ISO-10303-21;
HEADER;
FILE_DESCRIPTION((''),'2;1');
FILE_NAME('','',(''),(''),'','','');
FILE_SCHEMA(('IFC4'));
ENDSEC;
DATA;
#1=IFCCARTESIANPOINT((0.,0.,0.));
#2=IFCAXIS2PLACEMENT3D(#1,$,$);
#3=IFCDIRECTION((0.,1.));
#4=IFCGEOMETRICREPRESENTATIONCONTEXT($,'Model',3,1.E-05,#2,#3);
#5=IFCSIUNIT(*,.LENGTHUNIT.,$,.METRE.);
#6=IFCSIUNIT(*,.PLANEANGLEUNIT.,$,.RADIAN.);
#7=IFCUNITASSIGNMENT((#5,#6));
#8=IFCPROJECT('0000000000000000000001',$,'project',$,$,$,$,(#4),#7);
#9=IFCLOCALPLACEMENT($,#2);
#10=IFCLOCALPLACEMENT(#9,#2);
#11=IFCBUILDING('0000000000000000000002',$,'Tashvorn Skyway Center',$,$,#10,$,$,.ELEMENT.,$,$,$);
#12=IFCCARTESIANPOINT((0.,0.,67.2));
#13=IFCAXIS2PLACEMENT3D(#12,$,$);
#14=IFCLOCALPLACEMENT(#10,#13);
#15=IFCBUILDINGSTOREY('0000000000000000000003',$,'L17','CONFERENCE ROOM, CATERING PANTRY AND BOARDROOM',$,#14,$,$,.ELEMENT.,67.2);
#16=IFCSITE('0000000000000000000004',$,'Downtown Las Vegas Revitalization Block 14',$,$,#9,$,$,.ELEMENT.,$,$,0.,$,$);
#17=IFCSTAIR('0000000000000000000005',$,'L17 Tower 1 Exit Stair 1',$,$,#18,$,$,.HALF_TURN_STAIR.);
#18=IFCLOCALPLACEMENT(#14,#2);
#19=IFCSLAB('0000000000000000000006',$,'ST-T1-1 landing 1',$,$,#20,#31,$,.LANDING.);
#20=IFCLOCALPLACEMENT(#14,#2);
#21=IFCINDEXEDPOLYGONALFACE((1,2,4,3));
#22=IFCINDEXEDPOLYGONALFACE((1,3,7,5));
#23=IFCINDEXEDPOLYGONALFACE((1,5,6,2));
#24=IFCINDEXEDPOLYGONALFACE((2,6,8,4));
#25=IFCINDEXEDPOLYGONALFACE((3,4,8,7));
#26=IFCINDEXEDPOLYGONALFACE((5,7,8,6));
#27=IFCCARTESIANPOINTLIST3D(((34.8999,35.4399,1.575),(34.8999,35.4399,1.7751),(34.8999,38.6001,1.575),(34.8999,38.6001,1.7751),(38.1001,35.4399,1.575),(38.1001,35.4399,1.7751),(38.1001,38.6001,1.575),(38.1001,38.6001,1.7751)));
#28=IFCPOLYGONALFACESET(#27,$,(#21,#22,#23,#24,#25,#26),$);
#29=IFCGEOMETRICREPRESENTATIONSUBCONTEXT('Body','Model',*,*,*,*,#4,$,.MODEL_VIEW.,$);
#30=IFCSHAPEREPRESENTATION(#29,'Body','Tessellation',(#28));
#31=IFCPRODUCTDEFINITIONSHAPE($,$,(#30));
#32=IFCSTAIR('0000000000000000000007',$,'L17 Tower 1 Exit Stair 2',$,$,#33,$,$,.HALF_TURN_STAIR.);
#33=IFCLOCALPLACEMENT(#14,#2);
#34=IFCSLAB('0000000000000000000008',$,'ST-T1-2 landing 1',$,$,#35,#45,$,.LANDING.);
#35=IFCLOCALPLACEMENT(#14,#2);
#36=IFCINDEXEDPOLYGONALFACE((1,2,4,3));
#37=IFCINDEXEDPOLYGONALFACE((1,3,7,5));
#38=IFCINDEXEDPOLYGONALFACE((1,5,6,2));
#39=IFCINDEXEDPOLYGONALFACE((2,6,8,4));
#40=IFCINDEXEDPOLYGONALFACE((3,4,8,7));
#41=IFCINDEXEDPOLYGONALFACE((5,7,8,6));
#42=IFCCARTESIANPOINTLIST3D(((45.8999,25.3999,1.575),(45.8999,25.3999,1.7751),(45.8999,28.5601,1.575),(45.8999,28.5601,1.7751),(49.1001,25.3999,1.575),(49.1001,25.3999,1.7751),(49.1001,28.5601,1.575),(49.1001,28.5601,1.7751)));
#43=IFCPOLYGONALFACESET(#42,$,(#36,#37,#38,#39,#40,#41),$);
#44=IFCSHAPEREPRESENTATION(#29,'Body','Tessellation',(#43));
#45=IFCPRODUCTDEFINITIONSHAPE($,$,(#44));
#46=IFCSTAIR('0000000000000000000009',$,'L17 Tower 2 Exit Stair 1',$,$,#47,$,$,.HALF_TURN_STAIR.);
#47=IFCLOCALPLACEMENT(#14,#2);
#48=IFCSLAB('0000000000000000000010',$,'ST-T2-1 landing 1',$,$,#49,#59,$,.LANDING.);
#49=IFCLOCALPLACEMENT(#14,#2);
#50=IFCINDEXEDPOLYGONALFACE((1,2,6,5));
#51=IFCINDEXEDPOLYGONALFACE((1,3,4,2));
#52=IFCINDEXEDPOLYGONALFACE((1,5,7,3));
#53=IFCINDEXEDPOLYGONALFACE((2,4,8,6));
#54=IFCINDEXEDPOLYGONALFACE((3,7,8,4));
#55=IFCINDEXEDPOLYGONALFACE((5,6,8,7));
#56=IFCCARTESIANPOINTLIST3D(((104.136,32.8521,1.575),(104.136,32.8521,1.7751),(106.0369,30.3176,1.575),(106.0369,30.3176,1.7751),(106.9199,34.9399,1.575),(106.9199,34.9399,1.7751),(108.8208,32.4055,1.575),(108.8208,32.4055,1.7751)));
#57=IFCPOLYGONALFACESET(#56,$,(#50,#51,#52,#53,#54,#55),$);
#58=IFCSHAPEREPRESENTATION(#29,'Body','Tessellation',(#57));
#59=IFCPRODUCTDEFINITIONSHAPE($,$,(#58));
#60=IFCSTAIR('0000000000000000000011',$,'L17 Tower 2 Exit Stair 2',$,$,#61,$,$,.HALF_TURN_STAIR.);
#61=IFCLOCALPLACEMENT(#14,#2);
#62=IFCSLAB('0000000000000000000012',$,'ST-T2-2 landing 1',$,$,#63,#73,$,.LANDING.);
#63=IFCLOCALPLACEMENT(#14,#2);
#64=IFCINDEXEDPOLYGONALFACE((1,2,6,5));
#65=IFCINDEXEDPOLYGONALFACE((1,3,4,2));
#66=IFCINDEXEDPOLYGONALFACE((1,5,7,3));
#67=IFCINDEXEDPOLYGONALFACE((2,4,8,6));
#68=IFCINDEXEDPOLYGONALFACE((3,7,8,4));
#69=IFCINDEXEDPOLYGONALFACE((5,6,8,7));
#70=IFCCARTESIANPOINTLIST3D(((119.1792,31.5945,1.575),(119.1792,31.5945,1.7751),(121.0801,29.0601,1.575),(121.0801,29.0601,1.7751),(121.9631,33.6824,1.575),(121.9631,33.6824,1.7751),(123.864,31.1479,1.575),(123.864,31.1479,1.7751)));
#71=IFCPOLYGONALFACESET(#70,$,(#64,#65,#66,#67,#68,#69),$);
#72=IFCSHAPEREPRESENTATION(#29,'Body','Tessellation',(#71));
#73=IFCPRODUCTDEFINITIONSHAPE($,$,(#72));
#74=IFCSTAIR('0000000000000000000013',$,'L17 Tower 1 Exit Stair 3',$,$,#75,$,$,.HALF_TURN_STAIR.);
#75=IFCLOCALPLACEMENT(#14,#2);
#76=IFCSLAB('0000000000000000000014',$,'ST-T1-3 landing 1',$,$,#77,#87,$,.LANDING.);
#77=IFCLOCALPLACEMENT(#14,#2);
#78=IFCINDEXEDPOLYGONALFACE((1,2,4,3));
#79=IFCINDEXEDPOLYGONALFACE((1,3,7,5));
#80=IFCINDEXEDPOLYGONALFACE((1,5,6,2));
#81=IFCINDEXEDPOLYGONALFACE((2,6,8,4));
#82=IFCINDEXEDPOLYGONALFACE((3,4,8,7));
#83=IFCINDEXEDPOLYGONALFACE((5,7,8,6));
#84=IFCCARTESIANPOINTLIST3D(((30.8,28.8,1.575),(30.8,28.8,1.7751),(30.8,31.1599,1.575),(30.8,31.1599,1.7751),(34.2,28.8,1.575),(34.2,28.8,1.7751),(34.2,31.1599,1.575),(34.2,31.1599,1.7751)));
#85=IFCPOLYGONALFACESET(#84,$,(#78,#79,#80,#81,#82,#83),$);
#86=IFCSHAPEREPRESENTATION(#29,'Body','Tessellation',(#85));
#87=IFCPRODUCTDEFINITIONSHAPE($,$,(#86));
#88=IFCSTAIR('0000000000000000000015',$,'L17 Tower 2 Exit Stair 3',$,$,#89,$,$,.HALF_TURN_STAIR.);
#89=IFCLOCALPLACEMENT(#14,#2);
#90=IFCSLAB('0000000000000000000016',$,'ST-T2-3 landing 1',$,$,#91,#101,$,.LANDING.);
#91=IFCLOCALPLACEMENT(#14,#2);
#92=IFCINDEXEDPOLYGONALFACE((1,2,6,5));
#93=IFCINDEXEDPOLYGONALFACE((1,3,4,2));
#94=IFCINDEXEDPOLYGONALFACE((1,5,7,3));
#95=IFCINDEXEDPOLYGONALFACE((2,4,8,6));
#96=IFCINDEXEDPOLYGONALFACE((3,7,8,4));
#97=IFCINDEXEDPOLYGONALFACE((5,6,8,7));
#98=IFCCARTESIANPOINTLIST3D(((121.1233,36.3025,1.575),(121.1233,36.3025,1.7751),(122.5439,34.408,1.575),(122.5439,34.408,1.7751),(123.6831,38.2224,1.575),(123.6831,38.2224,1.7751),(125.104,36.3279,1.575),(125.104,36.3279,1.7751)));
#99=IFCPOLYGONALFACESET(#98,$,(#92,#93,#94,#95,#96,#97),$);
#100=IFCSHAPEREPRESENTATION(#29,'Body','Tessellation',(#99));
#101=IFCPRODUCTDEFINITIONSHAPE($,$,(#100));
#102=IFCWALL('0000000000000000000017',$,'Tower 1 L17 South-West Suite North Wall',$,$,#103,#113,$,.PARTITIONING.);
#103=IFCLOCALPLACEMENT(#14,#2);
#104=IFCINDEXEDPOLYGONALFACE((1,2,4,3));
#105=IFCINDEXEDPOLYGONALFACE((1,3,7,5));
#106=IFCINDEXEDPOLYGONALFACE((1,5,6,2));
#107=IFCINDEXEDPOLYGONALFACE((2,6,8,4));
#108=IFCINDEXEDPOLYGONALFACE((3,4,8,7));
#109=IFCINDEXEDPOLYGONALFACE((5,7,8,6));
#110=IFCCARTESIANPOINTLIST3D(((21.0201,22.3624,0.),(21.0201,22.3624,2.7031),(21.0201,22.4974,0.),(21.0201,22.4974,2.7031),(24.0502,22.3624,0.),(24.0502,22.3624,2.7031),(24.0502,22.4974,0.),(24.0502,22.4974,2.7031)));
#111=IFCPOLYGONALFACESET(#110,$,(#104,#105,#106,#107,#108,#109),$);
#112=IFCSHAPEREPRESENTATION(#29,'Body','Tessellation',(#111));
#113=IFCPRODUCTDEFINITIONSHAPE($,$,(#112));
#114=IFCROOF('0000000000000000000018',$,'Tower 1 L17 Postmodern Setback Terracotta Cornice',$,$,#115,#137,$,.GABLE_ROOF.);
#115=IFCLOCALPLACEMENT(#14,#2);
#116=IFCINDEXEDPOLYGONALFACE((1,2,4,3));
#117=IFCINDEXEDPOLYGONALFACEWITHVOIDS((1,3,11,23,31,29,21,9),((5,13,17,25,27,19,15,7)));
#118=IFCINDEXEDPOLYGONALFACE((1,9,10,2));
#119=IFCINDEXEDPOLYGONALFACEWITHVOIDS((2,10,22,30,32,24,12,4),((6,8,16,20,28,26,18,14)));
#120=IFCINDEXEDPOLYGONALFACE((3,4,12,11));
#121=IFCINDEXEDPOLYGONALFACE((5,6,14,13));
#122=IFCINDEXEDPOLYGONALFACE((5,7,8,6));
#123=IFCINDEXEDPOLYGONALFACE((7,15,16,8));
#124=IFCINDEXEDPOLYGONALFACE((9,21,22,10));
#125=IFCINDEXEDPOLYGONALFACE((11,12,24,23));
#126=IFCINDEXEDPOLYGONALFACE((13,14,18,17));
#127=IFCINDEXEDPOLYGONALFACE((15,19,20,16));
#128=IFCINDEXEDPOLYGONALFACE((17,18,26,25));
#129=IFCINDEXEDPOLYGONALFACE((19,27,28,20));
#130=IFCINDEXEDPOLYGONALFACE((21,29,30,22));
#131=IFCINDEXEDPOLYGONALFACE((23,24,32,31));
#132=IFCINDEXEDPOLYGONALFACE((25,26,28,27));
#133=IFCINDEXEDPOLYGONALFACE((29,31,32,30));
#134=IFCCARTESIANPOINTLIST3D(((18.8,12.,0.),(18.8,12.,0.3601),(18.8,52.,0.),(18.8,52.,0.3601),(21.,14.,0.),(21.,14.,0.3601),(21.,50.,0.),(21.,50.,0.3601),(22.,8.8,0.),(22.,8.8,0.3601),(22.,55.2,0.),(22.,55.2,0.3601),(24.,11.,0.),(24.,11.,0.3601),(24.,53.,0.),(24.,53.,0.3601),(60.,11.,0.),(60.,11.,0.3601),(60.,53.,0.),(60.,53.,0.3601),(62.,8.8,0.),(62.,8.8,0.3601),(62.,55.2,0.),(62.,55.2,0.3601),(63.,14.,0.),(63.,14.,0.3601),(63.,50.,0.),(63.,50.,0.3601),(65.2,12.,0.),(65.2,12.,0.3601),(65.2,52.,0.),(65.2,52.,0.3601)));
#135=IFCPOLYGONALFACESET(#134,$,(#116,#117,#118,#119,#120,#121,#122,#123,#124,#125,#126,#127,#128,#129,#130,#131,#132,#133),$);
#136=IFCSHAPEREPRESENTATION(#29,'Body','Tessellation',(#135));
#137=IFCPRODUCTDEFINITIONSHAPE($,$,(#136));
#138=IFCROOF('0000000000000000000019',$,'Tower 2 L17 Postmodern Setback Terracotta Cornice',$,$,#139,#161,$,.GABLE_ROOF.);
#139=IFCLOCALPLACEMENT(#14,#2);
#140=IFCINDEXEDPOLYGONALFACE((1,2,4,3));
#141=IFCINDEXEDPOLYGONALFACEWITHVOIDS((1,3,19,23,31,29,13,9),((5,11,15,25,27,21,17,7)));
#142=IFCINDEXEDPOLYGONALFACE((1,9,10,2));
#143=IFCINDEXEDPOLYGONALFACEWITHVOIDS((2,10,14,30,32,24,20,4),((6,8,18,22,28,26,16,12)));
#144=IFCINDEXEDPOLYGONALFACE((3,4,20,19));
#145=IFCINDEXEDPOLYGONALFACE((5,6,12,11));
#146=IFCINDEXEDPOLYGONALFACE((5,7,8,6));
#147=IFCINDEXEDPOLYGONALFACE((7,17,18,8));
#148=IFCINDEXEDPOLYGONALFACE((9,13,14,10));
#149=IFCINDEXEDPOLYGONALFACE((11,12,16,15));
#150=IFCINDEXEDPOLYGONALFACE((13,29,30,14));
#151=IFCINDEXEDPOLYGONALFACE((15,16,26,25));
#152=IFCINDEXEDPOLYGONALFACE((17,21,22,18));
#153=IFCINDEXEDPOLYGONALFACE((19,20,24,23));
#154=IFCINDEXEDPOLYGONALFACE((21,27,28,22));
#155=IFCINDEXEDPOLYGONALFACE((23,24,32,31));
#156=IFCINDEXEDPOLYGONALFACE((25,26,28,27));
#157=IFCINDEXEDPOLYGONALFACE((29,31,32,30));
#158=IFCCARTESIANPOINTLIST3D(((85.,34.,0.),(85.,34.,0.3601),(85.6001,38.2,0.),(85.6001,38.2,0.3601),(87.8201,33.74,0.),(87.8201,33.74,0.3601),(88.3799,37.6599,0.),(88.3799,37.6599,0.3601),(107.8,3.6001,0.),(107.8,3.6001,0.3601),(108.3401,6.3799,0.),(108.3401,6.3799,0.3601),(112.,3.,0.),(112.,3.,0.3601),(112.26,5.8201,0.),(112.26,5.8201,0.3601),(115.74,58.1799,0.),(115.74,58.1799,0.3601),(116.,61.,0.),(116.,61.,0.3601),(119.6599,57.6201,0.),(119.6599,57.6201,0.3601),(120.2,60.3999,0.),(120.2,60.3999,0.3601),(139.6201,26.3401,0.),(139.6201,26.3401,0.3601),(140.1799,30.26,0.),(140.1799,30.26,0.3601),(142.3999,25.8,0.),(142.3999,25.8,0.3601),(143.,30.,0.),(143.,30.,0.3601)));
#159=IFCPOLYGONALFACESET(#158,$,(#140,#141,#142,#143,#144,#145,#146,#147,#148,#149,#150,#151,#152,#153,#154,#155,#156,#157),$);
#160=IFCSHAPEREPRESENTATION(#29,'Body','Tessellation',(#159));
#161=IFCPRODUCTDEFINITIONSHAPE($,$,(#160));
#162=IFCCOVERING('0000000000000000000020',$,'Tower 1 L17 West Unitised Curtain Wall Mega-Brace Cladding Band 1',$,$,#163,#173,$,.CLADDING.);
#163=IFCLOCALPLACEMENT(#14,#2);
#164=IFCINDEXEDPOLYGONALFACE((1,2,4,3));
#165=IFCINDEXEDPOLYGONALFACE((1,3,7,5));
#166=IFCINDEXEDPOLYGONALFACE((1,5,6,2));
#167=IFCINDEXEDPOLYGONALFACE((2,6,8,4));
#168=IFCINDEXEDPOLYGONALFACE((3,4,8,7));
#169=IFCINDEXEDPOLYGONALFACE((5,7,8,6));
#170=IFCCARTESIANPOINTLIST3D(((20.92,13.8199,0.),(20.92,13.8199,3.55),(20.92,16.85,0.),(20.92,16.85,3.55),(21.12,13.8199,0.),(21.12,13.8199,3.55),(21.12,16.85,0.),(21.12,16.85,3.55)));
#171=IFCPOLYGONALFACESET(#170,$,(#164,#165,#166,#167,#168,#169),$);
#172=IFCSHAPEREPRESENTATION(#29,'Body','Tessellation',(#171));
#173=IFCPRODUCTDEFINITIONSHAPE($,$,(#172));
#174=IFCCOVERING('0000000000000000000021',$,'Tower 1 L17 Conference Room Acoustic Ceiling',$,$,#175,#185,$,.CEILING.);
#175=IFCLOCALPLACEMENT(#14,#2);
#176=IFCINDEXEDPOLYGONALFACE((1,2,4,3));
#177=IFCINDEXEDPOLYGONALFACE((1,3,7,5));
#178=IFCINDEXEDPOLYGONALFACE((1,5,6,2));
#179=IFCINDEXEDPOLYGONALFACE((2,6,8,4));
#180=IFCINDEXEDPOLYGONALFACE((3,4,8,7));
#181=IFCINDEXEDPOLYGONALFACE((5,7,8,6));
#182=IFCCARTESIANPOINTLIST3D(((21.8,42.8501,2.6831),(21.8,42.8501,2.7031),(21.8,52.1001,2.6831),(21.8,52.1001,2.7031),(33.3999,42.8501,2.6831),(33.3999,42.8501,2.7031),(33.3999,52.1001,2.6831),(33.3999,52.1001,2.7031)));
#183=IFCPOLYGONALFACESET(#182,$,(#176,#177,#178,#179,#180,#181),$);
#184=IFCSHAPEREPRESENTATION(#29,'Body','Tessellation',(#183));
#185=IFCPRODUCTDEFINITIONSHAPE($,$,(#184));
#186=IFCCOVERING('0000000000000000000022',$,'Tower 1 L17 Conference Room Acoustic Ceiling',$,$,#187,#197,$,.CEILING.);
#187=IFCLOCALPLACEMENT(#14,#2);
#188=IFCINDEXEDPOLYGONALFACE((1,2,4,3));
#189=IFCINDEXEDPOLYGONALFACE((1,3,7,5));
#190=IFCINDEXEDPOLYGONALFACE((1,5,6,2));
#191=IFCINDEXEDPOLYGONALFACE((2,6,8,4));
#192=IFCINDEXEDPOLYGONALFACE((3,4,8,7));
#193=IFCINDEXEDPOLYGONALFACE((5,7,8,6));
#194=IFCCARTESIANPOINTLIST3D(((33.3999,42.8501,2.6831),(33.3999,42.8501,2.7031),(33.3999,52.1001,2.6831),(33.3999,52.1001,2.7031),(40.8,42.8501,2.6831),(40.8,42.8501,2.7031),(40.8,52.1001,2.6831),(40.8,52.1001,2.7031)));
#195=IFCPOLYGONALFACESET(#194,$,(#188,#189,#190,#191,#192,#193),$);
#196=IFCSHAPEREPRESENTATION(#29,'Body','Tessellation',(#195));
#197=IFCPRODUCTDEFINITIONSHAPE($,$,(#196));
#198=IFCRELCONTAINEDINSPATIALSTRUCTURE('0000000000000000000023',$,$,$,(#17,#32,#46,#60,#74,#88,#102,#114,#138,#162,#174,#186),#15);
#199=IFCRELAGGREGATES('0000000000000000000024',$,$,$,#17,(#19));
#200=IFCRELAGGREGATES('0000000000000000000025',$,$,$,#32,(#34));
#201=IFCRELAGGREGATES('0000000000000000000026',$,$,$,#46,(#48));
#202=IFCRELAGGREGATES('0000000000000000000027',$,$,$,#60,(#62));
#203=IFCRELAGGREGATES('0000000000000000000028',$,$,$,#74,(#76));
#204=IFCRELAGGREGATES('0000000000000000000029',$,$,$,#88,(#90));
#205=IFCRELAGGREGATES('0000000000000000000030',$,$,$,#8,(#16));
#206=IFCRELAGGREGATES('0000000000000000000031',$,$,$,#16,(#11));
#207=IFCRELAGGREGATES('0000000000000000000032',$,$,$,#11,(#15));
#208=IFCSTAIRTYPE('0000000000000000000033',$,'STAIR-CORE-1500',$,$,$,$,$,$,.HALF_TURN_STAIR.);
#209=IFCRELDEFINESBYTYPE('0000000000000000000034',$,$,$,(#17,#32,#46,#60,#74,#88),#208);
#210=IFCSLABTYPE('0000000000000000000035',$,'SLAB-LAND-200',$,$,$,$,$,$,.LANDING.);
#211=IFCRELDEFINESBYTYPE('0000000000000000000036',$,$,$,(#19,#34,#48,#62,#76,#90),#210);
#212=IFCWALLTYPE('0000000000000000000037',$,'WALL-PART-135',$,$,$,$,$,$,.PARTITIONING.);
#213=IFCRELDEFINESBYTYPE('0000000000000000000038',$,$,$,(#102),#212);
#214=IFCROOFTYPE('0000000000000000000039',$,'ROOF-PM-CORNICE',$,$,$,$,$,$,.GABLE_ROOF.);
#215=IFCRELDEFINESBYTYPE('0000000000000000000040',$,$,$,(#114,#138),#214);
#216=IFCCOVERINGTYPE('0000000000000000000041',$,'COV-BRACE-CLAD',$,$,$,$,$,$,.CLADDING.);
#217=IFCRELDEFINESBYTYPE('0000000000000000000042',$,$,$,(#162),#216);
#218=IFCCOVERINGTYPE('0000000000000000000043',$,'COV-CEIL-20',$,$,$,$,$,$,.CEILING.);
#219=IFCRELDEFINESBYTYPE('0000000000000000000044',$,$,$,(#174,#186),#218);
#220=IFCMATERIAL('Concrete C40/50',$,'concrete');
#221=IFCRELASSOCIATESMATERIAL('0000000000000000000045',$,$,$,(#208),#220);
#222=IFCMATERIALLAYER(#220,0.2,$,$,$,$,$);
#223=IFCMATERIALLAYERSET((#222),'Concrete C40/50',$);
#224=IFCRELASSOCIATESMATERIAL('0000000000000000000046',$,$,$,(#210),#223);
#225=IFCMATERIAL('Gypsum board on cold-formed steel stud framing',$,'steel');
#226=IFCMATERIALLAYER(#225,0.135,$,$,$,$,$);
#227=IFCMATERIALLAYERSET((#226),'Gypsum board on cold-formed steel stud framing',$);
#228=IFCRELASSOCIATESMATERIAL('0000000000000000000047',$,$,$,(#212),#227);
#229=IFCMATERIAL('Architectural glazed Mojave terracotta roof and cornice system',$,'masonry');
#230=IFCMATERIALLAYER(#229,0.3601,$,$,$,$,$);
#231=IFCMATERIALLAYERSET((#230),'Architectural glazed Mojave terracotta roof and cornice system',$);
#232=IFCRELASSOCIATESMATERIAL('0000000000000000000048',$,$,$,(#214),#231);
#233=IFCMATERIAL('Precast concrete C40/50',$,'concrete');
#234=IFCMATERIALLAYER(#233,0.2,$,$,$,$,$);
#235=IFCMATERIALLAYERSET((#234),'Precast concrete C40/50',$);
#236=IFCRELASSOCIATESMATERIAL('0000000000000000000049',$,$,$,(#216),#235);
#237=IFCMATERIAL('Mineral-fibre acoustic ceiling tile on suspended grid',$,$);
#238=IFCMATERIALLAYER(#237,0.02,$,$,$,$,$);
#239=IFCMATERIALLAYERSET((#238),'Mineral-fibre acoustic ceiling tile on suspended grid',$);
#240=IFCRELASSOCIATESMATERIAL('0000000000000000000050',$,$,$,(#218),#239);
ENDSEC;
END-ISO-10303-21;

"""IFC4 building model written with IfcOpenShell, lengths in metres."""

from ifc_helpers import new_model, si_unit, direction, frame, frame_2d, origin, origin_2d, place, context, subcontext, project, spatial, polyline, rectangle, outline, extrude, material, layer, layer_set, type_object, element, aggregate, save


model = new_model("IFC4")

# Units and contexts
model_context = context("Model", 3, precision=1e-05, world=origin(), true_north=direction((0.0, 1.0)))
body_context = subcontext(model_context, "Body", "Model", "MODEL_VIEW")
ifc_project = project(units=[si_unit("LENGTHUNIT", "METRE"), si_unit("PLANEANGLEUNIT", "RADIAN")], contexts=[model_context])

# Site, building, storey
site_placement = place(None, origin())
site = spatial("IfcSite", under=ifc_project, at=site_placement, Name="Downtown Las Vegas Revitalization Block 14", CompositionType="ELEMENT", RefElevation=0.0)
building_placement = place(site_placement, origin())
building = spatial("IfcBuilding", under=site, at=building_placement, Name="Tashvorn Skyway Center", CompositionType="ELEMENT")
storey_placement = place(building_placement, frame((0.0, 0.0, 67.2)))
storey = spatial("IfcBuildingStorey", under=building, at=storey_placement, Name="L17", Description="CONFERENCE ROOM, CATERING PANTRY AND BOARDROOM", CompositionType="ELEMENT", Elevation=67.2)

# Shared definitions
ifc_material_1 = material(Name="Concrete C40/50", Category="concrete")

# Stairs, slabs
stair_type = type_object("IfcStairType", Name="STAIR-CORE-1500", PredefinedType="HALF_TURN_STAIR", material=ifc_material_1)
stair_1_placement = place(storey_placement, origin())
stair_1 = element("IfcStair", 1, at=stair_1_placement, inside=storey, type_object=stair_type, Name="L17 Tower 1 Exit Stair 1", PredefinedType="HALF_TURN_STAIR")
ifc_layer_1 = layer(ifc_material_1, 0.2)
ifc_layer_set_1 = layer_set([ifc_layer_1], Name="Concrete C40/50")
slab_type_1 = type_object("IfcSlabType", Name="SLAB-LAND-200", PredefinedType="LANDING", material=ifc_layer_set_1)
slab_1_placement = place(storey_placement, frame((0.0, 0.0, 1.575)))
slab_1 = element("IfcSlab", 2, at=slab_1_placement, type_object=slab_type_1, Name="ST-T1-1 landing 1", PredefinedType="LANDING", context=body_context, shape_type="SweptSolid", body=[
    extrude(outline(polyline([(38.1001, 35.4399), (38.1001, 38.6001), (34.8999, 38.6001), (34.8999, 35.4399), (38.1001, 35.4399)])), origin(), (0.0, 0.0, 1.0), 0.2002),
])
aggregate(stair_1, [slab_1])
stair_2_placement = place(storey_placement, origin())
stair_2 = element("IfcStair", 3, at=stair_2_placement, inside=storey, type_object=stair_type, Name="L17 Tower 1 Exit Stair 2", PredefinedType="HALF_TURN_STAIR")
slab_2_placement = place(storey_placement, frame((0.0, 0.0, 1.575)))
slab_2 = element("IfcSlab", 4, at=slab_2_placement, type_object=slab_type_1, Name="ST-T1-2 landing 1", PredefinedType="LANDING", context=body_context, shape_type="SweptSolid", body=[
    extrude(outline(polyline([(45.8999, 28.5601), (45.8999, 25.3999), (49.1001, 25.3999), (49.1001, 28.5601), (45.8999, 28.5601)])), origin(), (0.0, 0.0, 1.0), 0.2002),
])
aggregate(stair_2, [slab_2])
stair_3_placement = place(storey_placement, origin())
stair_3 = element("IfcStair", 5, at=stair_3_placement, inside=storey, type_object=stair_type, Name="L17 Tower 2 Exit Stair 1", PredefinedType="HALF_TURN_STAIR")
slab_3_placement = place(storey_placement, frame((0.0, 0.0, 1.575)))
slab_3 = element("IfcSlab", 6, at=slab_3_placement, type_object=slab_type_1, Name="ST-T2-1 landing 1", PredefinedType="LANDING", context=body_context, shape_type="SweptSolid", body=[
    extrude(outline(polyline([(108.8208, 32.4055), (106.9199, 34.9399), (104.136, 32.8521), (106.0369, 30.3176), (108.8208, 32.4055)])), origin(), (0.0, 0.0, 1.0), 0.2002),
])
aggregate(stair_3, [slab_3])
stair_4_placement = place(storey_placement, origin())
stair_4 = element("IfcStair", 7, at=stair_4_placement, inside=storey, type_object=stair_type, Name="L17 Tower 2 Exit Stair 2", PredefinedType="HALF_TURN_STAIR")
slab_4_placement = place(storey_placement, frame((0.0, 0.0, 1.575)))
slab_4 = element("IfcSlab", 8, at=slab_4_placement, type_object=slab_type_1, Name="ST-T2-2 landing 1", PredefinedType="LANDING", context=body_context, shape_type="SweptSolid", body=[
    extrude(outline(polyline([(119.1792, 31.5945), (121.0801, 29.0601), (123.864, 31.1479), (121.9631, 33.6824), (119.1792, 31.5945)])), origin(), (0.0, 0.0, 1.0), 0.2002),
])
aggregate(stair_4, [slab_4])
stair_5_placement = place(storey_placement, origin())
stair_5 = element("IfcStair", 9, at=stair_5_placement, inside=storey, type_object=stair_type, Name="L17 Tower 1 Exit Stair 3", PredefinedType="HALF_TURN_STAIR")
slab_5_placement = place(storey_placement, frame((0.0, 0.0, 1.575)))
slab_5 = element("IfcSlab", 10, at=slab_5_placement, type_object=slab_type_1, Name="ST-T1-3 landing 1", PredefinedType="LANDING", context=body_context, shape_type="SweptSolid", body=[
    extrude(outline(polyline([(30.8, 31.1599), (30.8, 28.8), (34.2, 28.8), (34.2, 31.1599), (30.8, 31.1599)])), origin(), (0.0, 0.0, 1.0), 0.2002),
])
aggregate(stair_5, [slab_5])
stair_6_placement = place(storey_placement, origin())
stair_6 = element("IfcStair", 11, at=stair_6_placement, inside=storey, type_object=stair_type, Name="L17 Tower 2 Exit Stair 3", PredefinedType="HALF_TURN_STAIR")
slab_6_placement = place(storey_placement, frame((0.0, 0.0, 1.575)))
slab_6 = element("IfcSlab", 12, at=slab_6_placement, type_object=slab_type_1, Name="ST-T2-3 landing 1", PredefinedType="LANDING", context=body_context, shape_type="SweptSolid", body=[
    extrude(outline(polyline([(121.1233, 36.3025), (122.5439, 34.408), (125.104, 36.3279), (123.6831, 38.2224), (121.1233, 36.3025)])), origin(), (0.0, 0.0, 1.0), 0.2002),
])
aggregate(stair_6, [slab_6])

# Wall
ifc_material_2 = material(Name="Gypsum board on cold-formed steel stud framing", Category="steel")
ifc_layer_2 = layer(ifc_material_2, 0.135)
ifc_layer_set_2 = layer_set([ifc_layer_2], Name="Gypsum board on cold-formed steel stud framing")
wall_type = type_object("IfcWallType", Name="WALL-PART-135", PredefinedType="PARTITIONING", material=ifc_layer_set_2)
wall_placement = place(storey_placement, frame((21.02, 22.4299, 0.0), z_axis=(0.0, 0.0, 1.0), x_axis=(1.0, 0.0, 0.0)))
element("IfcWall", 13, at=wall_placement, inside=storey, type_object=wall_type, Name="Tower 1 L17 South-West Suite North Wall", PredefinedType="PARTITIONING", context=body_context, shape_type="SweptSolid", body=[
    extrude(rectangle(XDim=3.03, YDim=0.135, at=frame_2d((1.5151, 0.0))), origin(), (0.0, 0.0, 1.0), 2.7031),
])

# Roofs
ifc_material_3 = material(Name="Architectural glazed Mojave terracotta roof and cornice system", Category="masonry")
ifc_layer_3 = layer(ifc_material_3, 0.3601)
ifc_layer_set_3 = layer_set([ifc_layer_3], Name="Architectural glazed Mojave terracotta roof and cornice system")
roof_type = type_object("IfcRoofType", Name="ROOF-PM-CORNICE", PredefinedType="GABLE_ROOF", material=ifc_layer_set_3)
roof_1_placement = place(storey_placement, origin())
element("IfcRoof", 14, at=roof_1_placement, inside=storey, type_object=roof_type, Name="Tower 1 L17 Postmodern Setback Terracotta Cornice", PredefinedType="GABLE_ROOF", context=body_context, shape_type="SweptSolid", body=[
    extrude(outline(polyline([(22.0, 8.8), (62.0, 8.8), (65.2, 12.0), (65.2, 52.0), (62.0, 55.2), (22.0, 55.2), (18.8, 52.0), (18.8, 12.0), (22.0, 8.8)]), holes=[polyline([(24.0, 11.0), (60.0, 11.0), (63.0, 14.0), (63.0, 50.0), (60.0, 53.0), (24.0, 53.0), (21.0, 50.0), (21.0, 14.0), (24.0, 11.0)])]), origin(), (0.0, 0.0, 1.0), 0.3601),
])
roof_2_placement = place(storey_placement, origin())
element("IfcRoof", 15, at=roof_2_placement, inside=storey, type_object=roof_type, Name="Tower 2 L17 Postmodern Setback Terracotta Cornice", PredefinedType="GABLE_ROOF", context=body_context, shape_type="SweptSolid", body=[
    extrude(outline(polyline([(112.0, 3.0), (142.3999, 25.8), (143.0, 30.0), (120.2, 60.3999), (116.0, 61.0), (85.6001, 38.2), (85.0, 34.0), (107.8, 3.6001), (112.0, 3.0)]), holes=[polyline([(112.26, 5.8201), (139.6201, 26.3401), (140.1799, 30.26), (119.6599, 57.6201), (115.74, 58.1799), (88.3799, 37.6599), (87.8201, 33.74), (108.3401, 6.3799), (112.26, 5.8201)])]), origin(), (0.0, 0.0, 1.0), 0.3601),
])

# Coverings
ifc_material_4 = material(Name="Precast concrete C40/50", Category="concrete")
ifc_layer_4 = layer(ifc_material_4, 0.2)
ifc_layer_set_4 = layer_set([ifc_layer_4], Name="Precast concrete C40/50")
covering_type_1 = type_object("IfcCoveringType", Name="COV-BRACE-CLAD", PredefinedType="CLADDING", material=ifc_layer_set_4)
covering_1_placement = place(storey_placement, frame((21.02, 15.335, 0.0), z_axis=(0.0, 0.0, 1.0), x_axis=(0.0, 1.0, 0.0)))
element("IfcCovering", 16, at=covering_1_placement, inside=storey, type_object=covering_type_1, Name="Tower 1 L17 West Unitised Curtain Wall Mega-Brace Cladding Band 1", PredefinedType="CLADDING", context=body_context, shape_type="SweptSolid", body=[
    extrude(rectangle(XDim=3.03, YDim=0.2, at=origin_2d()), origin(), (0.0, 0.0, 1.0), 3.55),
])
ifc_material_5 = material(Name="Mineral-fibre acoustic ceiling tile on suspended grid")
ifc_layer_5 = layer(ifc_material_5, 0.02)
ifc_layer_set_5 = layer_set([ifc_layer_5], Name="Mineral-fibre acoustic ceiling tile on suspended grid")
covering_type_2 = type_object("IfcCoveringType", Name="COV-CEIL-20", PredefinedType="CEILING", material=ifc_layer_set_5)
covering_2_placement = place(storey_placement, frame((0.0, 0.0, 2.6831)))
element("IfcCovering", 17, at=covering_2_placement, inside=storey, type_object=covering_type_2, Name="Tower 1 L17 Conference Room Acoustic Ceiling", PredefinedType="CEILING", context=body_context, shape_type="SweptSolid", body=[
    extrude(outline(polyline([(21.8, 42.8501), (33.3999, 42.8501), (33.3999, 52.1001), (21.8, 52.1001), (21.8, 42.8501)])), origin(), (0.0, 0.0, 1.0), 0.02),
])
covering_3_placement = place(storey_placement, frame((0.0, 0.0, 2.6831)))
element("IfcCovering", 18, at=covering_3_placement, inside=storey, type_object=covering_type_2, Name="Tower 1 L17 Conference Room Acoustic Ceiling", PredefinedType="CEILING", context=body_context, shape_type="SweptSolid", body=[
    extrude(outline(polyline([(33.3999, 42.8501), (40.8, 42.8501), (40.8, 52.1001), (33.3999, 52.1001), (33.3999, 42.8501)])), origin(), (0.0, 0.0, 1.0), 0.02),
])

save(model, "model.ifc")
